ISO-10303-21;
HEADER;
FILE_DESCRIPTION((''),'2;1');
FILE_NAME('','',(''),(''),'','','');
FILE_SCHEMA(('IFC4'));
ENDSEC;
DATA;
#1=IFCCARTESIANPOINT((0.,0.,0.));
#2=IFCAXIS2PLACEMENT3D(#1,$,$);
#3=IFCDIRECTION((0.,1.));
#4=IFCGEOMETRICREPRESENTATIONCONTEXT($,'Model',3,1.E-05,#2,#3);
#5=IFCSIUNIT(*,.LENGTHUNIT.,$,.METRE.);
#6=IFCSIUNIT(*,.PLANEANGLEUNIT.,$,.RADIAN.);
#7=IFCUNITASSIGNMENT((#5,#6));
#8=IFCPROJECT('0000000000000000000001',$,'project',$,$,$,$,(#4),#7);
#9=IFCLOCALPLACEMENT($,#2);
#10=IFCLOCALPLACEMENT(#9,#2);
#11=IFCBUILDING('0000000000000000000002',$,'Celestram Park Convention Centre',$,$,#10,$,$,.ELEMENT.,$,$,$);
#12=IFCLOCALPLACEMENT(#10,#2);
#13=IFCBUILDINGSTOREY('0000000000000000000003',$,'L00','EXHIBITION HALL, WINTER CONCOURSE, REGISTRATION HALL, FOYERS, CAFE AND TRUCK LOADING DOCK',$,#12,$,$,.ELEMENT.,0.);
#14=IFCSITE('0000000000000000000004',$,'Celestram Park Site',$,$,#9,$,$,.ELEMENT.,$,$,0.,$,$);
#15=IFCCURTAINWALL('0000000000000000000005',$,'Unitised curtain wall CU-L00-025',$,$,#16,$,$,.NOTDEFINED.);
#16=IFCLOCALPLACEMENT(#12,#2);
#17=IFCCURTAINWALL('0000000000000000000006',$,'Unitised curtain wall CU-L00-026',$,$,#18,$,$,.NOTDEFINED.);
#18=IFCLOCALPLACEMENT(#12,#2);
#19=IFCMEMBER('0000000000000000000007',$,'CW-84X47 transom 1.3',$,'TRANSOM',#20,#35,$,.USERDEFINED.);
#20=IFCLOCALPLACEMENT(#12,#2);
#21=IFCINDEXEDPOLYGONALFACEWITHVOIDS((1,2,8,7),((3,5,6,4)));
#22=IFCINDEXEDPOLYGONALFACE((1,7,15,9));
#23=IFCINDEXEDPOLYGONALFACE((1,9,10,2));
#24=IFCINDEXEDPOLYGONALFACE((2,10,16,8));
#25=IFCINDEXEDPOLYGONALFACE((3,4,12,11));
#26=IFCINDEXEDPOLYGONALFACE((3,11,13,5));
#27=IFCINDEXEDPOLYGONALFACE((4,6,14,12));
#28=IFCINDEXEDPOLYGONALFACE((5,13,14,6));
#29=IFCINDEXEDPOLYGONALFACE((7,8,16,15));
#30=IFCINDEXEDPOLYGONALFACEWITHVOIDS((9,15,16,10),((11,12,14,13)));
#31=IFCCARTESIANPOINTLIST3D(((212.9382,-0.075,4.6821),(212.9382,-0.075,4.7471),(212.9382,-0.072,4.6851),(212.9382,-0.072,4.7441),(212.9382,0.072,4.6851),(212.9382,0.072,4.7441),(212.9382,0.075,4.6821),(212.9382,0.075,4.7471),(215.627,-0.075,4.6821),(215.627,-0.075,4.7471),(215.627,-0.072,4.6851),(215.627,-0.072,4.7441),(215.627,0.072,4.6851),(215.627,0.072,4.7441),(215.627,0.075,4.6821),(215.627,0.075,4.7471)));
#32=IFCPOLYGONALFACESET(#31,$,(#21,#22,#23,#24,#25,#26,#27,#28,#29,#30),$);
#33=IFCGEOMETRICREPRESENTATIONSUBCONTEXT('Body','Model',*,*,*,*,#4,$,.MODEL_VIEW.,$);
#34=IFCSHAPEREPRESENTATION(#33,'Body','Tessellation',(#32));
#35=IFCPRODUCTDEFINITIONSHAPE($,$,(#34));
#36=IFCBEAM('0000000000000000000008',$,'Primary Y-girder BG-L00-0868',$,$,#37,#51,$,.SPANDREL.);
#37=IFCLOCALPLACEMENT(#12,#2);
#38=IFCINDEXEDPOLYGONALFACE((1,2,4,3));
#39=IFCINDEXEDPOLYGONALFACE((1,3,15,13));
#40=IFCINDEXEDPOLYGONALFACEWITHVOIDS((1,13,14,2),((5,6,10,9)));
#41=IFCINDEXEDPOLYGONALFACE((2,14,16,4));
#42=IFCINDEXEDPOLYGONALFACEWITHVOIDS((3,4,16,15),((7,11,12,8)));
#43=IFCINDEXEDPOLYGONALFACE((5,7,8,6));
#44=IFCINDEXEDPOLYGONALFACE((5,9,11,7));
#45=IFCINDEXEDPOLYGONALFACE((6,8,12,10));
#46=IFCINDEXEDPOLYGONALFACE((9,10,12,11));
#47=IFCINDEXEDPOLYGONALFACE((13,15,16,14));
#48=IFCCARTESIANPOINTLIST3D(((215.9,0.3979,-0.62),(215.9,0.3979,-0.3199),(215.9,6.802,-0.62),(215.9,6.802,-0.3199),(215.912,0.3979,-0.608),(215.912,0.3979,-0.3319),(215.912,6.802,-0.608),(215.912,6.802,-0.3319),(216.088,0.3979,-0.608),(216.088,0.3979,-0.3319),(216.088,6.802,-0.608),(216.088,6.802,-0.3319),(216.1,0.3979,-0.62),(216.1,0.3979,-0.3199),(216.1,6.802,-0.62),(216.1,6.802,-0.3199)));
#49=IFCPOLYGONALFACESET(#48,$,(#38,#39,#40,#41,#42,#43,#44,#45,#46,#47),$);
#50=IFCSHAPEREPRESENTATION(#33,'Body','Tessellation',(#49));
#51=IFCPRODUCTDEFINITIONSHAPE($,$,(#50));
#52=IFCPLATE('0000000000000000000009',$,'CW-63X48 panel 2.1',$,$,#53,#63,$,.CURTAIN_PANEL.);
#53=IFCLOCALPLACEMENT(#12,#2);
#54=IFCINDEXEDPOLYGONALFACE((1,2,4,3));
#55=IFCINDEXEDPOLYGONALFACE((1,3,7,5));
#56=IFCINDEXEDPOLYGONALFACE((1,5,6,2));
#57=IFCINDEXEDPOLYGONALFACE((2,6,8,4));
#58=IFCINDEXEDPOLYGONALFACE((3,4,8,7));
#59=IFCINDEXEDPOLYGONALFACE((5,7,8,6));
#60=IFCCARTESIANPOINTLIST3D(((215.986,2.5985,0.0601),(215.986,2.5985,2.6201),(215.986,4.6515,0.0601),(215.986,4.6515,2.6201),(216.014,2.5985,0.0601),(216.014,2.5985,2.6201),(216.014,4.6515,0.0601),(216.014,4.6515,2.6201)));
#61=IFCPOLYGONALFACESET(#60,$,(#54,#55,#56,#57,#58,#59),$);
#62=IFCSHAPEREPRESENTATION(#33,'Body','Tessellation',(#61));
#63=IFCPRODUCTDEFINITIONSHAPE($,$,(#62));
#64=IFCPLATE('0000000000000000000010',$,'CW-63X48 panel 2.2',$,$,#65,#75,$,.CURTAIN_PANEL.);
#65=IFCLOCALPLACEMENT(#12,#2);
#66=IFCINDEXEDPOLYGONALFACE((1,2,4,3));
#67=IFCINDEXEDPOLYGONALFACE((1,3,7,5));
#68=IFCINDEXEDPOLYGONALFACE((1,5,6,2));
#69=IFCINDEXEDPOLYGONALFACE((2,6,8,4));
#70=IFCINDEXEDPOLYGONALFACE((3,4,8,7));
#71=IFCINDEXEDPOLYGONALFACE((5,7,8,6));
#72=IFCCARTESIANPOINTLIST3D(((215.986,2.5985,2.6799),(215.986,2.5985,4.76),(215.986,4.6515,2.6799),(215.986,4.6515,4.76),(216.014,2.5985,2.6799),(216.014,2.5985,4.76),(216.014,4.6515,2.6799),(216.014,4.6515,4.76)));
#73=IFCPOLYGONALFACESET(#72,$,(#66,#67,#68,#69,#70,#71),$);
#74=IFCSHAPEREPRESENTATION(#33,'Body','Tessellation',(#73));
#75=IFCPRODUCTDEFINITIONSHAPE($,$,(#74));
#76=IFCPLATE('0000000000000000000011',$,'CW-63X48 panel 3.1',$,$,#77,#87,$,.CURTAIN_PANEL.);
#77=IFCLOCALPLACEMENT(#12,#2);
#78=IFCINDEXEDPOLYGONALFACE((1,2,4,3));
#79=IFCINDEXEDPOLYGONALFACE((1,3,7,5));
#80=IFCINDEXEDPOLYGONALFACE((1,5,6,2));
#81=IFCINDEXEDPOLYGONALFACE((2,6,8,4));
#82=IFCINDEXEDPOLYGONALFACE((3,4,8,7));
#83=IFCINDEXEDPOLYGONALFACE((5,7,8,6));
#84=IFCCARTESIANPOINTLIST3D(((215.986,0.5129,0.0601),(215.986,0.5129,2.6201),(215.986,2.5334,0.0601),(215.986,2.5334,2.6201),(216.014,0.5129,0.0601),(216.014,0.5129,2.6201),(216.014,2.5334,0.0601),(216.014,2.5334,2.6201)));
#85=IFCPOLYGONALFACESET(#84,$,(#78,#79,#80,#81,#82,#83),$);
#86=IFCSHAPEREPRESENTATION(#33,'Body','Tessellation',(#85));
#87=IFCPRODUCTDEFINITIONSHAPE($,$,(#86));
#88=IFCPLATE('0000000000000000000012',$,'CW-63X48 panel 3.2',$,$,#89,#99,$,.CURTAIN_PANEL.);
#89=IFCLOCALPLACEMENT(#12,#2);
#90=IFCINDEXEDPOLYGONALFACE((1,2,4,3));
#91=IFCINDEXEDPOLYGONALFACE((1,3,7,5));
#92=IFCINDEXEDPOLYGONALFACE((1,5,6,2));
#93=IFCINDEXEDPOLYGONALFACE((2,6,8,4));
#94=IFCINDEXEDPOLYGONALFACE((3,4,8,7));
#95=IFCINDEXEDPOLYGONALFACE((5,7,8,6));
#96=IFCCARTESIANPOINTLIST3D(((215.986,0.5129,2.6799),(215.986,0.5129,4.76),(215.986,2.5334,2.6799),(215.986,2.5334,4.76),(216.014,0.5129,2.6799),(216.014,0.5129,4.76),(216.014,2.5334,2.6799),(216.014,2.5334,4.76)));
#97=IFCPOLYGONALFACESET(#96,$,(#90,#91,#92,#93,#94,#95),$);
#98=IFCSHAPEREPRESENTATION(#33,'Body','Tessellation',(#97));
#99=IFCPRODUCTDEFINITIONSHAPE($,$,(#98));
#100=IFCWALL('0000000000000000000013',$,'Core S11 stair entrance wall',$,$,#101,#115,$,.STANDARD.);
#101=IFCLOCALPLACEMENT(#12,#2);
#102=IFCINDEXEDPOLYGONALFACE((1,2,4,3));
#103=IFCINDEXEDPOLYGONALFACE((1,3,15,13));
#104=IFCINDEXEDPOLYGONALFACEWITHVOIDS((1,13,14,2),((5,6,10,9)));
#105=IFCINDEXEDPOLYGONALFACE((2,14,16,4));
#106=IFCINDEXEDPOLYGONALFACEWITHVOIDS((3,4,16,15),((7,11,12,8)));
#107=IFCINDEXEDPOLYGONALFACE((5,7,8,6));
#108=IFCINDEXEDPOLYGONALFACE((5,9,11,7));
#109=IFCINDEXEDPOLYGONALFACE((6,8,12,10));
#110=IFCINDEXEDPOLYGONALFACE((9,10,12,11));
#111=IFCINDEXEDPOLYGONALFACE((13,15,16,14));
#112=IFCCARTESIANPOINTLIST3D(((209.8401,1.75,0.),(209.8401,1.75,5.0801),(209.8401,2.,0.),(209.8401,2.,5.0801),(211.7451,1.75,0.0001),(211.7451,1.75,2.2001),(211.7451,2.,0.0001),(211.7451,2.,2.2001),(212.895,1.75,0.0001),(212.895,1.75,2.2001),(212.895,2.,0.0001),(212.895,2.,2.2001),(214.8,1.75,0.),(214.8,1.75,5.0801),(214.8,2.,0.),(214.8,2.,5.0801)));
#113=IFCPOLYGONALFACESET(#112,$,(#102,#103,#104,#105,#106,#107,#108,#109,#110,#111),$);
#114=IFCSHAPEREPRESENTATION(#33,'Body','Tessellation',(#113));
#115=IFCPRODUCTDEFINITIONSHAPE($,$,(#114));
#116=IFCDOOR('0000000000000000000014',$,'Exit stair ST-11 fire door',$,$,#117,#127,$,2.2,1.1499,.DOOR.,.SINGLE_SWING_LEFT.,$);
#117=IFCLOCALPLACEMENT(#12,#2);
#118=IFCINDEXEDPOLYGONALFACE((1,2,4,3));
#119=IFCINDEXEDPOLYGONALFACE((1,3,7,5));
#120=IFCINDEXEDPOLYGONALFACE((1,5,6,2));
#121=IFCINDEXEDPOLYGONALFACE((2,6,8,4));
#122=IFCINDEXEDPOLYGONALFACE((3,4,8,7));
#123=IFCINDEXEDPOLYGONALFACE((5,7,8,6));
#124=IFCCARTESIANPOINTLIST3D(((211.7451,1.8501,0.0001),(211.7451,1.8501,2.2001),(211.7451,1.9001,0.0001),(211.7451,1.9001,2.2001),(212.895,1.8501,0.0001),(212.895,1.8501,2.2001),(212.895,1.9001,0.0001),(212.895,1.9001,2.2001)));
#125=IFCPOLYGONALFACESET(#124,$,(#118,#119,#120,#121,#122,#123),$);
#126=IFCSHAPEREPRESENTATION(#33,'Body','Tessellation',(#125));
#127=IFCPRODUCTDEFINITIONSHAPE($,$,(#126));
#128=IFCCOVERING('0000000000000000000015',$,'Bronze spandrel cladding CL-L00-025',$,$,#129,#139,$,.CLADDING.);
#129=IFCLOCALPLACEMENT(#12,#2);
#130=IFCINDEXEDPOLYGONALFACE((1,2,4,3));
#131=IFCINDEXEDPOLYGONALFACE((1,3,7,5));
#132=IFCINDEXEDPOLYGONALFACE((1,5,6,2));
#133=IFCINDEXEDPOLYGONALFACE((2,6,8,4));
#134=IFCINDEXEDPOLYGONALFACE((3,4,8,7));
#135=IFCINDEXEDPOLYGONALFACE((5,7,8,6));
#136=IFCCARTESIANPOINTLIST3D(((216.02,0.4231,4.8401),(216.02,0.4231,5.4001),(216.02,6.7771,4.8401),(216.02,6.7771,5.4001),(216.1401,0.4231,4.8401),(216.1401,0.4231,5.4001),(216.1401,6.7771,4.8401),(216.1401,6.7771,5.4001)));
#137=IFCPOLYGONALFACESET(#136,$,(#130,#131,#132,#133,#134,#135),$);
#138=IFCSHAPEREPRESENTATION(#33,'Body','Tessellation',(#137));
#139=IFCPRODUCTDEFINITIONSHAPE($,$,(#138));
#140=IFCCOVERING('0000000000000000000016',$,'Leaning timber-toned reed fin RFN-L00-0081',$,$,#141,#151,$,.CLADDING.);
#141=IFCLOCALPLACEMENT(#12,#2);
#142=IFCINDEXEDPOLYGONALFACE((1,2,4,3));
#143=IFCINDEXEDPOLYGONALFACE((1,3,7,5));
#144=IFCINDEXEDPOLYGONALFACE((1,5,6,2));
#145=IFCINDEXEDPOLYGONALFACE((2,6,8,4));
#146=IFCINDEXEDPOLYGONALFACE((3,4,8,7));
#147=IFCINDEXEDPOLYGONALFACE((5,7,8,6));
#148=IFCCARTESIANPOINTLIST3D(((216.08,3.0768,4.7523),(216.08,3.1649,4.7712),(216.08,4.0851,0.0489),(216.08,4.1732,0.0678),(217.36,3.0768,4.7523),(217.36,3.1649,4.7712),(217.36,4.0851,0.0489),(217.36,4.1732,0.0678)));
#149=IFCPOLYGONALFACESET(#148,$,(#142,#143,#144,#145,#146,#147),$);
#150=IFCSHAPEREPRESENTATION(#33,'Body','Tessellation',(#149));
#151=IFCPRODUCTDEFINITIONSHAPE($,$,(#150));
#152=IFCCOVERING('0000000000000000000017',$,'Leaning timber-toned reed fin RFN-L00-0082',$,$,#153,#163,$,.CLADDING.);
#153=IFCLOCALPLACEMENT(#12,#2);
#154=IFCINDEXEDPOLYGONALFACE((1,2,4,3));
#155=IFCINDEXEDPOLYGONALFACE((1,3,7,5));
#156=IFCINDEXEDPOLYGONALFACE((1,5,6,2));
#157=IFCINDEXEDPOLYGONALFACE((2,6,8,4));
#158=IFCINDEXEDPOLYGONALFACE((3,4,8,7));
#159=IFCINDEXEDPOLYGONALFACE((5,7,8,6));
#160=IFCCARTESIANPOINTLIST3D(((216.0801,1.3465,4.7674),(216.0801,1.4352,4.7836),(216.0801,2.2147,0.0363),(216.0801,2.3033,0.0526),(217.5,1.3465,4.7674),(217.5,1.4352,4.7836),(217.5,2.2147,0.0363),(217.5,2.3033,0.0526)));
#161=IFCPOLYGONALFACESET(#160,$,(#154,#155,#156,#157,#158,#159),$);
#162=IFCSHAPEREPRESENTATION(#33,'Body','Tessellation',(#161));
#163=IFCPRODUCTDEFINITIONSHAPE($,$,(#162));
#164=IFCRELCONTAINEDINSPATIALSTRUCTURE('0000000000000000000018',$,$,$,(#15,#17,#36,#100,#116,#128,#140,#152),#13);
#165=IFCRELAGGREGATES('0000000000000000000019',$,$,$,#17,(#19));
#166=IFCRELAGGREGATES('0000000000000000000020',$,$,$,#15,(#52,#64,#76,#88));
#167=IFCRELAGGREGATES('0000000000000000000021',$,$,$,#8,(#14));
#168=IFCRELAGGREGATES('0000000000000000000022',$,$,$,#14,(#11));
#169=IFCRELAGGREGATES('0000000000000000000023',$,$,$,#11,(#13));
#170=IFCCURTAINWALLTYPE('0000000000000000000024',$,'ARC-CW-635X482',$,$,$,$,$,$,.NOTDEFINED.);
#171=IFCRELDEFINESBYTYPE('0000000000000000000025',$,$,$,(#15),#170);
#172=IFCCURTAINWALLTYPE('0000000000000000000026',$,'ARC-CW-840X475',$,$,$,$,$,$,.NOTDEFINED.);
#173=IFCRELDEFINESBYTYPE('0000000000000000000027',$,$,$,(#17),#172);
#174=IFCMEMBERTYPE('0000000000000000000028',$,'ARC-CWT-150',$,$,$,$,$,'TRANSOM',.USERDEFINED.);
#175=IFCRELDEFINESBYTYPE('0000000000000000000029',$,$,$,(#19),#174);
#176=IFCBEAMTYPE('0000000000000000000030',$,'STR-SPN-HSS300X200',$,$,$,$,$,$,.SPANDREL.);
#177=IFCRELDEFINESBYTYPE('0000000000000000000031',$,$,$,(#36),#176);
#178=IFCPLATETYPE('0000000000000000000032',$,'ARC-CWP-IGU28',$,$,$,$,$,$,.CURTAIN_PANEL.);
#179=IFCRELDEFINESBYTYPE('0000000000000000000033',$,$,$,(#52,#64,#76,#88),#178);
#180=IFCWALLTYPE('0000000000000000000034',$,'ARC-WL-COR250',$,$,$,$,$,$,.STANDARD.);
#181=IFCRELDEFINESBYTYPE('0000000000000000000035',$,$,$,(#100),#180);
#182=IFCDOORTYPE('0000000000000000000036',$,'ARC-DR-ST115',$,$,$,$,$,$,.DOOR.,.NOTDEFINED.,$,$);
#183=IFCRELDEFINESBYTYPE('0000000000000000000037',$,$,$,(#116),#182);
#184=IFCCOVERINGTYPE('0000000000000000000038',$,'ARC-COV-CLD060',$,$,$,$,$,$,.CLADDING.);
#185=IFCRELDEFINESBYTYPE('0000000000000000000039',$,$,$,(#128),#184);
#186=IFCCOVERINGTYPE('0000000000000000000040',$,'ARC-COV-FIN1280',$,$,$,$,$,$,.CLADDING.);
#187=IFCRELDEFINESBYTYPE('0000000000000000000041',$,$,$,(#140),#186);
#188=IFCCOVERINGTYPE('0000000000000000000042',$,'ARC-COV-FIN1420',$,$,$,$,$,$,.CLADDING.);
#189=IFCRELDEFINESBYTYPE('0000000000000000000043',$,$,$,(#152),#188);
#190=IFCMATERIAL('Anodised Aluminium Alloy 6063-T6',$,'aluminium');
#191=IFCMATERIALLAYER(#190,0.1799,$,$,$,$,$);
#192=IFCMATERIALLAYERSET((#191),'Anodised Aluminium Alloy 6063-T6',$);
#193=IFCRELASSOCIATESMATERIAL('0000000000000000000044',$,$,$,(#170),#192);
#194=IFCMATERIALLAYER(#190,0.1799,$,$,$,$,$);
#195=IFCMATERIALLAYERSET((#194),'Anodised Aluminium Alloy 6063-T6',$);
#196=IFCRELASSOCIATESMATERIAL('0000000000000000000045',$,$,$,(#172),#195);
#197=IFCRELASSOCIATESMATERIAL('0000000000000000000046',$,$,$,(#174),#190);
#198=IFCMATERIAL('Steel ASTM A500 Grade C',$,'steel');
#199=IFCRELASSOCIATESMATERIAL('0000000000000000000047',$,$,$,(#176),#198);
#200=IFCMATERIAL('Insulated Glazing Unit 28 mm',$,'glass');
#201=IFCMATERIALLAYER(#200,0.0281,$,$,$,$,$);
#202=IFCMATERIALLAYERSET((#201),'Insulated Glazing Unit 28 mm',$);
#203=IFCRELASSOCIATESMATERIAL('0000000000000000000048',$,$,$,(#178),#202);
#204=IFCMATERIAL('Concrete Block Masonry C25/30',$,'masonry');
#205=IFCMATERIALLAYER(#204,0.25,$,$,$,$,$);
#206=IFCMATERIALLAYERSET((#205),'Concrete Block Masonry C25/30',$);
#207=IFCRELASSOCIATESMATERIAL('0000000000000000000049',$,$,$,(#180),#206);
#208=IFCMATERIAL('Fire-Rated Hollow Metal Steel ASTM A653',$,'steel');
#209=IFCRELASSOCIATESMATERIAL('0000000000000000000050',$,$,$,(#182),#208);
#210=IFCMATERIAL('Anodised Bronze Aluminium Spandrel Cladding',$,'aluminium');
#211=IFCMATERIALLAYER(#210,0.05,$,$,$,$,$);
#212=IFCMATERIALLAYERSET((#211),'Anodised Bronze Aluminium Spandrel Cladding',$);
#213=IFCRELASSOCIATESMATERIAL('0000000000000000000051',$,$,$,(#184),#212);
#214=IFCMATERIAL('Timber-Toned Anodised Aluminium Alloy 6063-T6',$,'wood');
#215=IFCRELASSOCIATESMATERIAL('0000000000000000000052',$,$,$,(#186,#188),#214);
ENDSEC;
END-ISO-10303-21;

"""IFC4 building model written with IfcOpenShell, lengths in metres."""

from ifc_helpers import new_model, si_unit, direction, frame, frame_2d, origin, origin_2d, place, context, subcontext, project, spatial, rectangle, hollow_rectangle, extrude, material, layer, layer_set, material_profile, profile_set, type_object, element, fill, aggregate, save


model = new_model("IFC4")

# Units and contexts
model_context = context("Model", 3, precision=1e-05, world=origin(), true_north=direction((0.0, 1.0)))
body_context = subcontext(model_context, "Body", "Model", "MODEL_VIEW")
ifc_project = project(units=[si_unit("LENGTHUNIT", "METRE"), si_unit("PLANEANGLEUNIT", "RADIAN")], contexts=[model_context])

# Site, building, storey
site_placement = place(None, origin())
site = spatial("IfcSite", under=ifc_project, at=site_placement, Name="Celestram Park Site", CompositionType="ELEMENT", RefElevation=0.0)
building_placement = place(site_placement, origin())
building = spatial("IfcBuilding", under=site, at=building_placement, Name="Celestram Park Convention Centre", CompositionType="ELEMENT")
storey_placement = place(building_placement, origin())
storey = spatial("IfcBuildingStorey", under=building, at=storey_placement, Name="L00", Description="EXHIBITION HALL, WINTER CONCOURSE, REGISTRATION HALL, FOYERS, CAFE AND TRUCK LOADING DOCK", CompositionType="ELEMENT", Elevation=0.0)

# Curtain wall
ifc_material_1 = material(Name="Anodised Aluminium Alloy 6063-T6", Category="aluminium")
ifc_layer_1 = layer(ifc_material_1, 0.1799)
ifc_layer_set_1 = layer_set([ifc_layer_1], Name="Anodised Aluminium Alloy 6063-T6")
curtain_wall_type_1 = type_object("IfcCurtainWallType", Name="ARC-CW-635X482", PredefinedType="NOTDEFINED", material=ifc_layer_set_1)
curtain_wall_1_placement = place(storey_placement, origin())
curtain_wall_1 = element("IfcCurtainWall", 1, at=curtain_wall_1_placement, inside=storey, type_object=curtain_wall_type_1, Name="Unitised curtain wall CU-L00-025", PredefinedType="NOTDEFINED")

# Curtain wall
ifc_layer_2 = layer(ifc_material_1, 0.1799)
ifc_layer_set_2 = layer_set([ifc_layer_2], Name="Anodised Aluminium Alloy 6063-T6")
curtain_wall_type_2 = type_object("IfcCurtainWallType", Name="ARC-CW-840X475", PredefinedType="NOTDEFINED", material=ifc_layer_set_2)
curtain_wall_2_placement = place(storey_placement, origin())
curtain_wall_2 = element("IfcCurtainWall", 2, at=curtain_wall_2_placement, inside=storey, type_object=curtain_wall_type_2, Name="Unitised curtain wall CU-L00-026", PredefinedType="NOTDEFINED")

# Member
ifc_material_profile_1 = material_profile(ifc_material_1, hollow_rectangle(XDim=0.1499, YDim=0.0649, WallThickness=0.0029, at=origin_2d()), Name="ALU150X65X3")
ifc_profile_set_1 = profile_set([ifc_material_profile_1], Name="Anodised Aluminium Alloy 6063-T6")
member_type_1 = type_object("IfcMemberType", Name="ARC-CWT-150", ElementType="TRANSOM", PredefinedType="USERDEFINED", material=ifc_profile_set_1)
member_1_placement = place(storey_placement, frame((215.627, 0.0, 4.7146), z_axis=(-1.0, 0.0, 0.0), x_axis=(0.0, -1.0, 0.0)))
member_1 = element("IfcMember", 3, at=member_1_placement, type_object=member_type_1, Name="CW-84X47 transom 1.3", ObjectType="TRANSOM", PredefinedType="USERDEFINED", context=body_context, shape_type="SweptSolid", body=[
    extrude(hollow_rectangle(XDim=0.1499, YDim=0.0649, WallThickness=0.0029, at=origin_2d()), origin(), (0.0, 0.0, 1.0), 2.6887),
])
aggregate(curtain_wall_2, [member_1])

# Beam
ifc_material_2 = material(Name="Steel ASTM A500 Grade C", Category="steel")
ifc_material_profile_2 = material_profile(ifc_material_2, hollow_rectangle(XDim=0.2, YDim=0.3, WallThickness=0.012, at=origin_2d()), Name="HSS300X200X12")
ifc_profile_set_2 = profile_set([ifc_material_profile_2], Name="Steel ASTM A500 Grade C")
beam_type = type_object("IfcBeamType", Name="STR-SPN-HSS300X200", PredefinedType="SPANDREL", material=ifc_profile_set_2)
beam_placement = place(storey_placement, frame((216.0, 0.3979, -0.47), z_axis=(0.0, 1.0, 0.0), x_axis=(-1.0, 0.0, 0.0)))
element("IfcBeam", 4, at=beam_placement, inside=storey, type_object=beam_type, Name="Primary Y-girder BG-L00-0868", PredefinedType="SPANDREL", context=body_context, shape_type="SweptSolid", body=[
    extrude(hollow_rectangle(XDim=0.2, YDim=0.3, WallThickness=0.012, at=origin_2d()), origin(), (0.0, 0.0, 1.0), 6.4041),
])

# Plates
ifc_material_3 = material(Name="Insulated Glazing Unit 28 mm", Category="glass")
ifc_layer_3 = layer(ifc_material_3, 0.0281)
ifc_layer_set_3 = layer_set([ifc_layer_3], Name="Insulated Glazing Unit 28 mm")
plate_type = type_object("IfcPlateType", Name="ARC-CWP-IGU28", PredefinedType="CURTAIN_PANEL", material=ifc_layer_set_3)
plate_1_placement = place(storey_placement, frame((216.0, 3.625, 0.0601), z_axis=(0.0, 0.0, 1.0), x_axis=(0.0, -1.0, 0.0)))
plate_1 = element("IfcPlate", 5, at=plate_1_placement, type_object=plate_type, Name="CW-63X48 panel 2.1", PredefinedType="CURTAIN_PANEL", context=body_context, shape_type="SweptSolid", body=[
    extrude(rectangle(XDim=2.053, YDim=0.0281, at=origin_2d()), origin(), (0.0, 0.0, 1.0), 2.5601),
])
plate_2_placement = place(storey_placement, frame((216.0, 3.625, 2.6799), z_axis=(0.0, 0.0, 1.0), x_axis=(0.0, -1.0, 0.0)))
plate_2 = element("IfcPlate", 6, at=plate_2_placement, type_object=plate_type, Name="CW-63X48 panel 2.2", PredefinedType="CURTAIN_PANEL", context=body_context, shape_type="SweptSolid", body=[
    extrude(rectangle(XDim=2.053, YDim=0.0281, at=origin_2d()), origin(), (0.0, 0.0, 1.0), 2.0801),
])
plate_3_placement = place(storey_placement, frame((216.0, 1.5232, 0.0601), z_axis=(0.0, 0.0, 1.0), x_axis=(0.0, -1.0, 0.0)))
plate_3 = element("IfcPlate", 7, at=plate_3_placement, type_object=plate_type, Name="CW-63X48 panel 3.1", PredefinedType="CURTAIN_PANEL", context=body_context, shape_type="SweptSolid", body=[
    extrude(rectangle(XDim=2.0205, YDim=0.0281, at=origin_2d()), origin(), (0.0, 0.0, 1.0), 2.5601),
])
plate_4_placement = place(storey_placement, frame((216.0, 1.5232, 2.6799), z_axis=(0.0, 0.0, 1.0), x_axis=(0.0, -1.0, 0.0)))
plate_4 = element("IfcPlate", 8, at=plate_4_placement, type_object=plate_type, Name="CW-63X48 panel 3.2", PredefinedType="CURTAIN_PANEL", context=body_context, shape_type="SweptSolid", body=[
    extrude(rectangle(XDim=2.0205, YDim=0.0281, at=origin_2d()), origin(), (0.0, 0.0, 1.0), 2.0801),
])
aggregate(curtain_wall_1, [plate_1, plate_2, plate_3, plate_4])

# Wall, opening, door
ifc_material_4 = material(Name="Concrete Block Masonry C25/30", Category="masonry")
ifc_layer_4 = layer(ifc_material_4, 0.25)
ifc_layer_set_4 = layer_set([ifc_layer_4], Name="Concrete Block Masonry C25/30")
wall_type = type_object("IfcWallType", Name="ARC-WL-COR250", PredefinedType="STANDARD", material=ifc_layer_set_4)
wall_placement = place(storey_placement, frame((214.8, 1.875, 0.0), z_axis=(0.0, 0.0, 1.0), x_axis=(-1.0, 0.0, 0.0)))
wall = element("IfcWall", 9, at=wall_placement, inside=storey, type_object=wall_type, Name="Core S11 stair entrance wall", PredefinedType="STANDARD", context=body_context, shape_type="SweptSolid", body=[
    extrude(rectangle(XDim=4.96, YDim=0.25, at=frame_2d((2.48, 0.0))), origin(), (0.0, 0.0, 1.0), 5.0801),
])
opening_placement = place(wall_placement, frame((1.905, 0.0, 0.0)))
opening = element("IfcOpeningElement", 10, at=opening_placement, cuts=wall, PredefinedType="OPENING", context=body_context, shape_type="SweptSolid", body=[
    extrude(rectangle(XDim=1.1499, YDim=2.2, at=frame_2d((0.575, 1.1001))), frame((0.0, 0.135, 0.0), z_axis=(0.0, -1.0, 0.0), x_axis=(1.0, 0.0, 0.0)), (0.0, 0.0, 1.0), 0.27),
])
ifc_material_5 = material(Name="Fire-Rated Hollow Metal Steel ASTM A653", Category="steel")
door_type = type_object("IfcDoorType", Name="ARC-DR-ST115", OperationType="NOTDEFINED", PredefinedType="DOOR", material=ifc_material_5)
door_placement = place(opening_placement, origin())
door = element("IfcDoor", 11, at=door_placement, inside=storey, type_object=door_type, Name="Exit stair ST-11 fire door", OperationType="SINGLE_SWING_LEFT", OverallHeight=2.2, OverallWidth=1.1499, PredefinedType="DOOR", context=body_context, shape_type="SweptSolid", body=[
    extrude(rectangle(XDim=1.1499, YDim=2.2, at=frame_2d((0.575, 1.1001))), frame((0.0, 0.0249, 0.0), z_axis=(0.0, -1.0, 0.0), x_axis=(1.0, 0.0, 0.0)), (0.0, 0.0, 1.0), 0.05),
])
fill(opening, door)

# Coverings
ifc_material_6 = material(Name="Anodised Bronze Aluminium Spandrel Cladding", Category="aluminium")
ifc_layer_5 = layer(ifc_material_6, 0.05)
ifc_layer_set_5 = layer_set([ifc_layer_5], Name="Anodised Bronze Aluminium Spandrel Cladding")
covering_type_1 = type_object("IfcCoveringType", Name="ARC-COV-CLD060", PredefinedType="CLADDING", material=ifc_layer_set_5)
covering_1_placement = place(storey_placement, frame((216.0801, 3.6001, 4.8401), z_axis=(0.0, 0.0, 1.0), x_axis=(0.0, -1.0, 0.0)))
element("IfcCovering", 12, at=covering_1_placement, inside=storey, type_object=covering_type_1, Name="Bronze spandrel cladding CL-L00-025", PredefinedType="CLADDING", context=body_context, shape_type="SweptSolid", body=[
    extrude(rectangle(XDim=6.354, YDim=0.1201, at=origin_2d()), origin(), (0.0, 0.0, 1.0), 0.5601),
])
ifc_material_7 = material(Name="Timber-Toned Anodised Aluminium Alloy 6063-T6", Category="wood")
ifc_material_profile_3 = material_profile(ifc_material_7, rectangle(XDim=1.28, YDim=0.0901, at=origin_2d()), Name="REED1280X90")
ifc_profile_set_3 = profile_set([ifc_material_profile_3], Name="Timber-Toned Anodised Aluminium Alloy 6063-T6")
covering_type_2 = type_object("IfcCoveringType", Name="ARC-COV-FIN1280", PredefinedType="CLADDING", material=ifc_profile_set_3)
covering_2_placement = place(storey_placement, frame((216.72, 4.1292, 0.0583), z_axis=(0.0, -0.209616, 0.977784), x_axis=(1.0, 0.0, 0.0)))
element("IfcCovering", 13, at=covering_2_placement, inside=storey, type_object=covering_type_2, Name="Leaning timber-toned reed fin RFN-L00-0081", PredefinedType="CLADDING", context=body_context, shape_type="SweptSolid", body=[
    extrude(rectangle(XDim=1.28, YDim=0.0901, at=origin_2d()), origin(), (0.0, 0.0, 1.0), 4.8103),
])
ifc_material_profile_4 = material_profile(ifc_material_7, rectangle(XDim=1.4199, YDim=0.0901, at=origin_2d()), Name="REED1420X90")
ifc_profile_set_4 = profile_set([ifc_material_profile_4], Name="Timber-Toned Anodised Aluminium Alloy 6063-T6")
covering_type_3 = type_object("IfcCoveringType", Name="ARC-COV-FIN1420", PredefinedType="CLADDING", material=ifc_profile_set_4)
covering_3_placement = place(storey_placement, frame((216.79, 2.259, 0.0444), z_axis=(0.0, -0.180493, 0.983576), x_axis=(1.0, 0.0, 0.0)))
element("IfcCovering", 14, at=covering_3_placement, inside=storey, type_object=covering_type_3, Name="Leaning timber-toned reed fin RFN-L00-0082", PredefinedType="CLADDING", context=body_context, shape_type="SweptSolid", body=[
    extrude(rectangle(XDim=1.4199, YDim=0.0901, at=origin_2d()), origin(), (0.0, 0.0, 1.0), 4.8101),
])

save(model, "model.ifc")
